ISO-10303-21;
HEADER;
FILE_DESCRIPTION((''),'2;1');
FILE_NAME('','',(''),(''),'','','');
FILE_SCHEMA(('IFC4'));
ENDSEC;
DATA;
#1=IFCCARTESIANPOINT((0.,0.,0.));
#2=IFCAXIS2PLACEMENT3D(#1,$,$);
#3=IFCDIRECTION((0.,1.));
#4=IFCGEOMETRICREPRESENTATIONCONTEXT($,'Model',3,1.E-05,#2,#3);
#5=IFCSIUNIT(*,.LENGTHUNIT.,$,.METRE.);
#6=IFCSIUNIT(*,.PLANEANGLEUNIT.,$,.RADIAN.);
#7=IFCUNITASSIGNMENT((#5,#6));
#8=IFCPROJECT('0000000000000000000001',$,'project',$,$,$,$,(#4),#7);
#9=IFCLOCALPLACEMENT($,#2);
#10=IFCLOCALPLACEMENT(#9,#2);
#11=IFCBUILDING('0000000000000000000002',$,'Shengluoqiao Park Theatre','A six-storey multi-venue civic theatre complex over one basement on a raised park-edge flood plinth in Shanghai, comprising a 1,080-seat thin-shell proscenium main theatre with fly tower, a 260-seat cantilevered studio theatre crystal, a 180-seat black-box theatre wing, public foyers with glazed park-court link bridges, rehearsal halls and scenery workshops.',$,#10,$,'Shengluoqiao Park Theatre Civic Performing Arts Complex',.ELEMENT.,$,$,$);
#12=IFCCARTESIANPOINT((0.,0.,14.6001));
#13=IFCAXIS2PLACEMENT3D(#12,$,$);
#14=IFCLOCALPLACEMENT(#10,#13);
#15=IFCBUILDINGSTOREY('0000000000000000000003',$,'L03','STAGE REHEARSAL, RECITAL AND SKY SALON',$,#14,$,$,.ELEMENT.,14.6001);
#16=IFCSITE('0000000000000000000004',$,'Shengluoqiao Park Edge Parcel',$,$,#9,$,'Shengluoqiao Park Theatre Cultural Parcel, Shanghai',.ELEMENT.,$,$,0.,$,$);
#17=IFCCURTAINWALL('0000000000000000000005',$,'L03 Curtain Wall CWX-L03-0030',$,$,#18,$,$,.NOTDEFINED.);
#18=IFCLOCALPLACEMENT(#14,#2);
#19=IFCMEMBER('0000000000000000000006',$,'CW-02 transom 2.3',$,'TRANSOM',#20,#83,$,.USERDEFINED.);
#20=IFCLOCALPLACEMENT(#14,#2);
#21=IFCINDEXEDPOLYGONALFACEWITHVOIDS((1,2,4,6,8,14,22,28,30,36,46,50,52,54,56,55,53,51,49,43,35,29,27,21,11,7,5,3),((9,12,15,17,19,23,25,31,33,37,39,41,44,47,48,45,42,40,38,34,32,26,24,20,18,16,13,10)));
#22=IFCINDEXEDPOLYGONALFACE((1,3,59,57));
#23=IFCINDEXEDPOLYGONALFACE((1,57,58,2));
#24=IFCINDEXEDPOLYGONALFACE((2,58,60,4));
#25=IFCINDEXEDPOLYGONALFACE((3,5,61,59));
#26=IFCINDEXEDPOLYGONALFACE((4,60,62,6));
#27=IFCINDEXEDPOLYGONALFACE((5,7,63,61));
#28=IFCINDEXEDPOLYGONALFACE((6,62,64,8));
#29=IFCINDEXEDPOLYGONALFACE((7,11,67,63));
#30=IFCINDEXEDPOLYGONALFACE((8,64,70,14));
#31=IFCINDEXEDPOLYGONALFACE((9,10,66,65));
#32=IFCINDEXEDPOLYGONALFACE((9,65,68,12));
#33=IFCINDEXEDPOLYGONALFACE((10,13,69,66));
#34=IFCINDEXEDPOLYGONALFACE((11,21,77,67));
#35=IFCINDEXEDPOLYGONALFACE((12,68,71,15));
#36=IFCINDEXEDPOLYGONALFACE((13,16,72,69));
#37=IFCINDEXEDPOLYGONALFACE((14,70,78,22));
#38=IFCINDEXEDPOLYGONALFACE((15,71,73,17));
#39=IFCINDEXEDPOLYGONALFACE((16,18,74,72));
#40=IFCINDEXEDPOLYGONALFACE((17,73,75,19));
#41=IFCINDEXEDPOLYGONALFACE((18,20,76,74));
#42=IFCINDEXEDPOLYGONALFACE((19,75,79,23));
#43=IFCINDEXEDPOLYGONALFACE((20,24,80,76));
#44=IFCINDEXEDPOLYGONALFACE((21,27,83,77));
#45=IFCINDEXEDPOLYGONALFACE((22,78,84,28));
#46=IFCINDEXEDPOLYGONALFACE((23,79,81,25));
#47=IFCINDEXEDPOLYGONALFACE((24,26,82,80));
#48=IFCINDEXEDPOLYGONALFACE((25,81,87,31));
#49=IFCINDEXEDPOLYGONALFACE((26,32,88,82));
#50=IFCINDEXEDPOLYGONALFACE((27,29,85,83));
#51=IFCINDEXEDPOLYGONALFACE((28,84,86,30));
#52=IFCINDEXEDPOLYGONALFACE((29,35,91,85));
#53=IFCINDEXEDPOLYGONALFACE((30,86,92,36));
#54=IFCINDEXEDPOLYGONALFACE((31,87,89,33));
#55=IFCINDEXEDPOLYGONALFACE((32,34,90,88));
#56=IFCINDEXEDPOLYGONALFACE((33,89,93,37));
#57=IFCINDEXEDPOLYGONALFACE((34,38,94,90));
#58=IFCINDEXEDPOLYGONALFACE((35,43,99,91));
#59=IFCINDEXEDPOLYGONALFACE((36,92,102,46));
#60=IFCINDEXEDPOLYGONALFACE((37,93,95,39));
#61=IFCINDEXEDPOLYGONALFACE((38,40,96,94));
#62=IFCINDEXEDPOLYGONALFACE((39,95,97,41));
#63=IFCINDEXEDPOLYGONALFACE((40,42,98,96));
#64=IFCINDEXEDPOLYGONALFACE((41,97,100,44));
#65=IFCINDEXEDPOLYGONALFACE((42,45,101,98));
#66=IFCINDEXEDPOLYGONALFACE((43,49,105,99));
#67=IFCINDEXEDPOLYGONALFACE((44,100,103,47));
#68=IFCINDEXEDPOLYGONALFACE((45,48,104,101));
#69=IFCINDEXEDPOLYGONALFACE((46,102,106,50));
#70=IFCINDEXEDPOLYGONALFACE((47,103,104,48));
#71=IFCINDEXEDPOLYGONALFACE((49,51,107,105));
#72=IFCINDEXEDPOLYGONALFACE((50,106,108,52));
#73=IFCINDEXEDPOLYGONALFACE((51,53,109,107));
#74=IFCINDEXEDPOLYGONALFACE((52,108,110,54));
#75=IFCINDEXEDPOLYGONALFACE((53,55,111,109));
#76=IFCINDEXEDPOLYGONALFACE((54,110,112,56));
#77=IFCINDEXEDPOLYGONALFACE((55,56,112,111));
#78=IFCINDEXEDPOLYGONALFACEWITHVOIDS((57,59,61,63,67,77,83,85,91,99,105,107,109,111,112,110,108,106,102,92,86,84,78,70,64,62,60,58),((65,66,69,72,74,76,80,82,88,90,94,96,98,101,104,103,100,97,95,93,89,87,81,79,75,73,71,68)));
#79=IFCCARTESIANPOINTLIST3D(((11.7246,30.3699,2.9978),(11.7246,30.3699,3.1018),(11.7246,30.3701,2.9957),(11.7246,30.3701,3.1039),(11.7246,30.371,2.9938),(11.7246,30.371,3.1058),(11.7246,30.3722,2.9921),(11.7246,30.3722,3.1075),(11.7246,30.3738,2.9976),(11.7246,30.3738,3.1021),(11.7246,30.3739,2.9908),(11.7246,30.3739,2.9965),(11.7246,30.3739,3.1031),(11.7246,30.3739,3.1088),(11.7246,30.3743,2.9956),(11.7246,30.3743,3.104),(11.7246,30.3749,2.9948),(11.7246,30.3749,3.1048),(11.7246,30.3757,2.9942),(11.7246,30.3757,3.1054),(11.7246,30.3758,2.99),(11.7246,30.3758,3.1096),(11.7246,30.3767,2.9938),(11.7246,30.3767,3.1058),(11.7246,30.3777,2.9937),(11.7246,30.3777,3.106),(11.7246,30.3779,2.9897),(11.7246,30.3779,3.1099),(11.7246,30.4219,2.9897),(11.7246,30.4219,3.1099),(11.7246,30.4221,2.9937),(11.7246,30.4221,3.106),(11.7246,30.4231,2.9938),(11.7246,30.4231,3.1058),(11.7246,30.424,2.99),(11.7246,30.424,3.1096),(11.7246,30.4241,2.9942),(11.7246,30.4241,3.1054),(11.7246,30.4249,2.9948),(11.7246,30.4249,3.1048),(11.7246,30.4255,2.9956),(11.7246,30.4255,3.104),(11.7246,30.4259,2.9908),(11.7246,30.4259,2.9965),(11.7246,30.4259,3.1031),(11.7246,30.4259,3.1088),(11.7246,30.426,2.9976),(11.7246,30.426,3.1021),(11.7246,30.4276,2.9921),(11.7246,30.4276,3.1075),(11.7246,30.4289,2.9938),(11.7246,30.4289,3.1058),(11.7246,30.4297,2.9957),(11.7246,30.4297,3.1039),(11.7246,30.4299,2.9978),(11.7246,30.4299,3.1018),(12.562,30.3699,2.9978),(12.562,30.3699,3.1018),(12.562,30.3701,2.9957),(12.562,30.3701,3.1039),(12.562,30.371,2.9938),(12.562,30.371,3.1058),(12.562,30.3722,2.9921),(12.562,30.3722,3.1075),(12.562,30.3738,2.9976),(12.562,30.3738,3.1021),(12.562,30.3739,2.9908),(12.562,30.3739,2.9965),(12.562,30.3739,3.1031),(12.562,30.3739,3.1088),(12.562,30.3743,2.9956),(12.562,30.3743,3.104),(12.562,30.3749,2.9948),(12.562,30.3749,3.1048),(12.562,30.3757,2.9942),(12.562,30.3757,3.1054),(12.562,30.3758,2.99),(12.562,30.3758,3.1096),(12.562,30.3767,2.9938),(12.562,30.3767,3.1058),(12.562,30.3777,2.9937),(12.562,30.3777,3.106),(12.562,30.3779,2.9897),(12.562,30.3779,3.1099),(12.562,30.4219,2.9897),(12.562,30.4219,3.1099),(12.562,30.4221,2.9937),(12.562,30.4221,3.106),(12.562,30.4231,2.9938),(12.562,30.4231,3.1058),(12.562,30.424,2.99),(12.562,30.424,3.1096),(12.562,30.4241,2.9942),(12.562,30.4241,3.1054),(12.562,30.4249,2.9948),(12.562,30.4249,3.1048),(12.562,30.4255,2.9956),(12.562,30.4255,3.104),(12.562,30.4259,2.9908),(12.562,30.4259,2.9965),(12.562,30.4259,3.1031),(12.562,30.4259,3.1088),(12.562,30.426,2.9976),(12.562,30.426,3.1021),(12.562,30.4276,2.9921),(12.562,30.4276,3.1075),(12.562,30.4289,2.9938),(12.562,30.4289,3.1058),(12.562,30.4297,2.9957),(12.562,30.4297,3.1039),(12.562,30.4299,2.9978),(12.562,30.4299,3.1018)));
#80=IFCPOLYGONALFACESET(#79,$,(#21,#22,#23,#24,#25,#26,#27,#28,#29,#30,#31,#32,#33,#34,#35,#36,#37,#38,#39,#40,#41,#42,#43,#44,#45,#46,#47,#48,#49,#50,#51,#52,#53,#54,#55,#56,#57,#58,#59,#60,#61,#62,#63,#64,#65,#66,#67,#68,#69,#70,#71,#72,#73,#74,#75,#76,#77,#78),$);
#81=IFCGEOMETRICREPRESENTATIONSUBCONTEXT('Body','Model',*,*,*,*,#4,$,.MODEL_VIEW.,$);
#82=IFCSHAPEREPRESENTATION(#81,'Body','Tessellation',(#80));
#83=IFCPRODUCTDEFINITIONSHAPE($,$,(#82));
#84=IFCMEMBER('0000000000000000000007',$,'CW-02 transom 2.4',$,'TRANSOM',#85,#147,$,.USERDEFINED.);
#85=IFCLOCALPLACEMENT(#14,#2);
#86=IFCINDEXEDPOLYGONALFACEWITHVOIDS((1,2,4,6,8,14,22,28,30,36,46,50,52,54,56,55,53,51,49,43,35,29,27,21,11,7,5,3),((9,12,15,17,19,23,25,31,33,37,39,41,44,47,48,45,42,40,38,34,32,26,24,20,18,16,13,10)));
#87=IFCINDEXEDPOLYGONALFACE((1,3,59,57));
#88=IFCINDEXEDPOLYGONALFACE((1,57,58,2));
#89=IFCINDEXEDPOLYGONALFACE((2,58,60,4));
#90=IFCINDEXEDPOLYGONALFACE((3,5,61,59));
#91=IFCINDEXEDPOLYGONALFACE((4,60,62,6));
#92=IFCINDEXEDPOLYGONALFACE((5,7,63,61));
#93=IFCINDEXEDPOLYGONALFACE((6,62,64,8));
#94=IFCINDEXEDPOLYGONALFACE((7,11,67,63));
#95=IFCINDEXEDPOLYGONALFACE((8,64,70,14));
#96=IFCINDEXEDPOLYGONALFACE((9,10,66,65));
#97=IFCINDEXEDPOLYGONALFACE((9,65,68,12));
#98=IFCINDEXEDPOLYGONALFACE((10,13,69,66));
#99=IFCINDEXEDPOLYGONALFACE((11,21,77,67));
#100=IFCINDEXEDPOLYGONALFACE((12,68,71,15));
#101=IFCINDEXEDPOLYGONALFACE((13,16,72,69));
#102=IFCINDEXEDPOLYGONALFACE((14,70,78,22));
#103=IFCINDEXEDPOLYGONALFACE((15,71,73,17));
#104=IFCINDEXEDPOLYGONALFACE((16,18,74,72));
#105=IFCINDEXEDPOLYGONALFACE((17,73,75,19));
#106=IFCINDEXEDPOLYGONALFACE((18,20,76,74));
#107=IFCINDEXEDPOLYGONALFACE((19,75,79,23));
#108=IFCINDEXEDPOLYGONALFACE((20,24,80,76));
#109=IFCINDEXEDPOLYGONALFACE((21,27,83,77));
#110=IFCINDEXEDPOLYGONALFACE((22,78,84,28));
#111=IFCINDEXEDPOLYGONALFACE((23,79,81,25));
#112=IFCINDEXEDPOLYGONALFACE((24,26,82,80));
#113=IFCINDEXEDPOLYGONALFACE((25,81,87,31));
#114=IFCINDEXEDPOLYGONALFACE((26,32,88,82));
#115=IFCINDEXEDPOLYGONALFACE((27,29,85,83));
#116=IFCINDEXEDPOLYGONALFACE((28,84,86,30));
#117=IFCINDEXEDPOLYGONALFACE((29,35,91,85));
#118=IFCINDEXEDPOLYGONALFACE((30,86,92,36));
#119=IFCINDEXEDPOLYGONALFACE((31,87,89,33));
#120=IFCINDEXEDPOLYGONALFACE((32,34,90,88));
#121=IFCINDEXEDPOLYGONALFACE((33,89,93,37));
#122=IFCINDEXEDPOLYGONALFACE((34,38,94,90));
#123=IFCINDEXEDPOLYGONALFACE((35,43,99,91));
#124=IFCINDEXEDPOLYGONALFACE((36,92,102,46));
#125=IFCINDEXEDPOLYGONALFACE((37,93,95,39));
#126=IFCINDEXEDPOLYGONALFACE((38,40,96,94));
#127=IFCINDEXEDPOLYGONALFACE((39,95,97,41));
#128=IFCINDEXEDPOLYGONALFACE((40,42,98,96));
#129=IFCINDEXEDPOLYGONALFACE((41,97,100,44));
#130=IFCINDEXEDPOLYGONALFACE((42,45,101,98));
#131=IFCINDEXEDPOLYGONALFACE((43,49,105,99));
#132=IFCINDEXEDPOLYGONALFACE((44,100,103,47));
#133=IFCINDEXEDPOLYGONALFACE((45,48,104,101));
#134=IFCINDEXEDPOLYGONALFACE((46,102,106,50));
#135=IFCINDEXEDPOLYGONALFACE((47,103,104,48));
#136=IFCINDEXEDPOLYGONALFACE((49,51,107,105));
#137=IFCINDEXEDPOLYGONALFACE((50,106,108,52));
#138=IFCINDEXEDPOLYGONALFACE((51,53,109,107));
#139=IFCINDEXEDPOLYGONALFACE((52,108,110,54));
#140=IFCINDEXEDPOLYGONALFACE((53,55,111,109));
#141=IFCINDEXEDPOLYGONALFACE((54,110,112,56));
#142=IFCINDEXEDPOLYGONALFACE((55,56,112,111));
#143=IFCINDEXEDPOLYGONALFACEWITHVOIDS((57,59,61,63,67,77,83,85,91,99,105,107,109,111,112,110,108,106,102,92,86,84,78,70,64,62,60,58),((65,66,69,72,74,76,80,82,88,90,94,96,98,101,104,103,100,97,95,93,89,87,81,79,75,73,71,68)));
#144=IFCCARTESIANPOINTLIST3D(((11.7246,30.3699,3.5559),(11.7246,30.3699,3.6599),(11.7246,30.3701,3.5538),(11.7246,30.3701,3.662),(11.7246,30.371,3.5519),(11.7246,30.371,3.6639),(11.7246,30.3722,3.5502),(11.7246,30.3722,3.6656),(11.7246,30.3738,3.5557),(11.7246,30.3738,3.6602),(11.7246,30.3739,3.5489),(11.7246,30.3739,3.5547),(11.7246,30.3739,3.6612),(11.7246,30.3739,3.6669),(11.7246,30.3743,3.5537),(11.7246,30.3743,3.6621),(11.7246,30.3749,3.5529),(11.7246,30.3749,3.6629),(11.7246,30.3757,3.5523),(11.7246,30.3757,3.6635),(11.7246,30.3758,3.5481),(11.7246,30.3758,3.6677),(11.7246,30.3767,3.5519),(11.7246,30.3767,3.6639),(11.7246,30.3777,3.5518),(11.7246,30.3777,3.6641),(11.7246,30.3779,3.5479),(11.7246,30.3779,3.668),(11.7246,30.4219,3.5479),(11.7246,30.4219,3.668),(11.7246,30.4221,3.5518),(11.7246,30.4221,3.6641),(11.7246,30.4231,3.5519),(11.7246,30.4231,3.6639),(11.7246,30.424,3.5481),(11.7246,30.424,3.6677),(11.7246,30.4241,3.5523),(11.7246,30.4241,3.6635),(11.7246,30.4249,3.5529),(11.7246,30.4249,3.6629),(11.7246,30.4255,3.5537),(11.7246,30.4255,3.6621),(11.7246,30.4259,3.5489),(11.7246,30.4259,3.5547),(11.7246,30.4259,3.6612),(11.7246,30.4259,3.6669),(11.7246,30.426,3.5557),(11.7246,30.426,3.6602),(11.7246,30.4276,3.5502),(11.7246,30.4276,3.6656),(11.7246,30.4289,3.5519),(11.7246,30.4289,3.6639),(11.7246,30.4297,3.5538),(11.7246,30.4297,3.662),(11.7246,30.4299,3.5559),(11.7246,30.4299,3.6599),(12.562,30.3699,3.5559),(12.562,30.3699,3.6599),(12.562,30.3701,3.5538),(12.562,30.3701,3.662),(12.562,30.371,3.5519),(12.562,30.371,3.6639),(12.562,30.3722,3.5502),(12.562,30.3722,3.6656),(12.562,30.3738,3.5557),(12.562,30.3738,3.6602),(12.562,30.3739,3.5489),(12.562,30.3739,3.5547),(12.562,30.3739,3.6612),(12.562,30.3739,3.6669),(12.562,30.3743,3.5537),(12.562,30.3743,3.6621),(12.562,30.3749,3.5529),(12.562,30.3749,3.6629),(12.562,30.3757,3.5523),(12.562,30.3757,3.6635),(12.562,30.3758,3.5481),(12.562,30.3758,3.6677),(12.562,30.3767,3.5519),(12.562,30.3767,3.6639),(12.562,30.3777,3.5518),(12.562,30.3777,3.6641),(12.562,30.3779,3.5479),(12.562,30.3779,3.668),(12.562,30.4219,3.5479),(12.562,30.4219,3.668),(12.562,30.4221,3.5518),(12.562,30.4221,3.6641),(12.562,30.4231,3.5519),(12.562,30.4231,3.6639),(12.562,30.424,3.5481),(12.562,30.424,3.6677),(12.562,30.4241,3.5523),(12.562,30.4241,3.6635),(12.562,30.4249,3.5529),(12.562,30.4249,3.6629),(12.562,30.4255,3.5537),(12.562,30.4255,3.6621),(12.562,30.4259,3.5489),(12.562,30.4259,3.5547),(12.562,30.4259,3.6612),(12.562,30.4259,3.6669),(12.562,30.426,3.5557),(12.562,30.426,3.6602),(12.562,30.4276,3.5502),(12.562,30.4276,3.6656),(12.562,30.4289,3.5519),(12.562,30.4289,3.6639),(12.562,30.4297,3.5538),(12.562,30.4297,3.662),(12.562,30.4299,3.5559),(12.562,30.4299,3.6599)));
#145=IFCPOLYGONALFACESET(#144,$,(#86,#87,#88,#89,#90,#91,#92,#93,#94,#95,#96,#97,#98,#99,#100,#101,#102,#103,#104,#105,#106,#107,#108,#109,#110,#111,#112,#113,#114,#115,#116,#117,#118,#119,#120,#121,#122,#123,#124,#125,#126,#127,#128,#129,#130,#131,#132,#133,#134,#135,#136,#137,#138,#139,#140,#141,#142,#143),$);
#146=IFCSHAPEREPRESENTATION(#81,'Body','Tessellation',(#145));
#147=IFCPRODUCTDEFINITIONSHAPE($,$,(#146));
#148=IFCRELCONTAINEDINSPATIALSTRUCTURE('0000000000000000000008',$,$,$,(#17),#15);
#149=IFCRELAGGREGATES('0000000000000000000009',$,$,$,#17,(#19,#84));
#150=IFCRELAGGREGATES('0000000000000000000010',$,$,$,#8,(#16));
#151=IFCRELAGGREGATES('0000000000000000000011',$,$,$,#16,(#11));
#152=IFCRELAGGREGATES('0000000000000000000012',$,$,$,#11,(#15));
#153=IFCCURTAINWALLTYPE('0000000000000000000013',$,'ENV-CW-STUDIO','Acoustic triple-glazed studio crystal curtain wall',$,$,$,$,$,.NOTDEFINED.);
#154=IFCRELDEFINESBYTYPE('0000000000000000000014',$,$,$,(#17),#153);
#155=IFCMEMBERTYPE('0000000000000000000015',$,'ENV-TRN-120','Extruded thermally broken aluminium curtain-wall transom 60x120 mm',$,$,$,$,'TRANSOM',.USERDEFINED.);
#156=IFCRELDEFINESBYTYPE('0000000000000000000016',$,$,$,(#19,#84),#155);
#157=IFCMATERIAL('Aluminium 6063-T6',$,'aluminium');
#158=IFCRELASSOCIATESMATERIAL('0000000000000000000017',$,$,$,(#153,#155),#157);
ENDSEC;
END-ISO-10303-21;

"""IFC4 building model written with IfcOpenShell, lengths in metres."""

from ifc_helpers import new_model, si_unit, direction, frame, origin, origin_2d, place, context, subcontext, project, spatial, hollow_rectangle, extrude, material, material_profile, profile_set, type_object, element, aggregate, save


model = new_model("IFC4")

# Units and contexts
model_context = context("Model", 3, precision=1e-05, world=origin(), true_north=direction((0.0, 1.0)))
body_context = subcontext(model_context, "Body", "Model", "MODEL_VIEW")
ifc_project = project(units=[si_unit("LENGTHUNIT", "METRE"), si_unit("PLANEANGLEUNIT", "RADIAN")], contexts=[model_context])

# Site, building, storey
site_placement = place(None, origin())
site = spatial("IfcSite", under=ifc_project, at=site_placement, Name="Shengluoqiao Park Edge Parcel", LongName="Shengluoqiao Park Theatre Cultural Parcel, Shanghai", CompositionType="ELEMENT", RefElevation=0.0)
building_placement = place(site_placement, origin())
building = spatial("IfcBuilding", under=site, at=building_placement, Name="Shengluoqiao Park Theatre", Description="A six-storey multi-venue civic theatre complex over one basement on a raised park-edge flood plinth in Shanghai, comprising a 1,080-seat thin-shell proscenium main theatre with fly tower, a 260-seat cantilevered studio theatre crystal, a 180-seat black-box theatre wing, public foyers with glazed park-court link bridges, rehearsal halls and scenery workshops.", LongName="Shengluoqiao Park Theatre Civic Performing Arts Complex", CompositionType="ELEMENT")
storey_placement = place(building_placement, frame((0.0, 0.0, 14.6001)))
storey = spatial("IfcBuildingStorey", under=building, at=storey_placement, Name="L03", Description="STAGE REHEARSAL, RECITAL AND SKY SALON", CompositionType="ELEMENT", Elevation=14.6001)

# Curtain wall, members
ifc_material_1 = material(Name="Aluminium 6063-T6", Category="aluminium")
curtain_wall_type = type_object("IfcCurtainWallType", Name="ENV-CW-STUDIO", Description="Acoustic triple-glazed studio crystal curtain wall", PredefinedType="NOTDEFINED", material=ifc_material_1)
curtain_wall_1_placement = place(storey_placement, origin())
curtain_wall_1 = element("IfcCurtainWall", 1, at=curtain_wall_1_placement, inside=storey, type_object=curtain_wall_type, Name="L03 Curtain Wall CWX-L03-0030", PredefinedType="NOTDEFINED")
ifc_material_profile_1 = material_profile(ifc_material_1, hollow_rectangle(XDim=0.0601, YDim=0.1201, WallThickness=0.0039, InnerFilletRadius=0.0039, OuterFilletRadius=0.0081, at=origin_2d()), Name="ALU TRANSOM 120x60x4")
ifc_profile_set_1 = profile_set([ifc_material_profile_1], Name="Aluminium 6063-T6")
member_type_1 = type_object("IfcMemberType", Name="ENV-TRN-120", Description="Extruded thermally broken aluminium curtain-wall transom 60x120 mm", ElementType="TRANSOM", PredefinedType="USERDEFINED", material=ifc_profile_set_1)
member_1_placement = place(storey_placement, frame((11.7246, 30.3999, 3.0498), z_axis=(1.0, 0.0, 0.0), x_axis=(0.0, 1.0, 0.0)))
member_1 = element("IfcMember", 2, at=member_1_placement, type_object=member_type_1, Name="CW-02 transom 2.3", ObjectType="TRANSOM", PredefinedType="USERDEFINED", context=body_context, shape_type="SweptSolid", body=[
    extrude(hollow_rectangle(XDim=0.0601, YDim=0.1201, WallThickness=0.0039, InnerFilletRadius=0.0039, OuterFilletRadius=0.0081, at=origin_2d()), origin(), (0.0, 0.0, 1.0), 0.8374),
])
member_2_placement = place(storey_placement, frame((11.7246, 30.3999, 3.6079), z_axis=(1.0, 0.0, 0.0), x_axis=(0.0, 1.0, 0.0)))
member_2 = element("IfcMember", 3, at=member_2_placement, type_object=member_type_1, Name="CW-02 transom 2.4", ObjectType="TRANSOM", PredefinedType="USERDEFINED", context=body_context, shape_type="SweptSolid", body=[
    extrude(hollow_rectangle(XDim=0.0601, YDim=0.1201, WallThickness=0.0039, InnerFilletRadius=0.0039, OuterFilletRadius=0.0081, at=origin_2d()), origin(), (0.0, 0.0, 1.0), 0.8374),
])

aggregate(curtain_wall_1, [member_1, member_2])

save(model, "model.ifc")
